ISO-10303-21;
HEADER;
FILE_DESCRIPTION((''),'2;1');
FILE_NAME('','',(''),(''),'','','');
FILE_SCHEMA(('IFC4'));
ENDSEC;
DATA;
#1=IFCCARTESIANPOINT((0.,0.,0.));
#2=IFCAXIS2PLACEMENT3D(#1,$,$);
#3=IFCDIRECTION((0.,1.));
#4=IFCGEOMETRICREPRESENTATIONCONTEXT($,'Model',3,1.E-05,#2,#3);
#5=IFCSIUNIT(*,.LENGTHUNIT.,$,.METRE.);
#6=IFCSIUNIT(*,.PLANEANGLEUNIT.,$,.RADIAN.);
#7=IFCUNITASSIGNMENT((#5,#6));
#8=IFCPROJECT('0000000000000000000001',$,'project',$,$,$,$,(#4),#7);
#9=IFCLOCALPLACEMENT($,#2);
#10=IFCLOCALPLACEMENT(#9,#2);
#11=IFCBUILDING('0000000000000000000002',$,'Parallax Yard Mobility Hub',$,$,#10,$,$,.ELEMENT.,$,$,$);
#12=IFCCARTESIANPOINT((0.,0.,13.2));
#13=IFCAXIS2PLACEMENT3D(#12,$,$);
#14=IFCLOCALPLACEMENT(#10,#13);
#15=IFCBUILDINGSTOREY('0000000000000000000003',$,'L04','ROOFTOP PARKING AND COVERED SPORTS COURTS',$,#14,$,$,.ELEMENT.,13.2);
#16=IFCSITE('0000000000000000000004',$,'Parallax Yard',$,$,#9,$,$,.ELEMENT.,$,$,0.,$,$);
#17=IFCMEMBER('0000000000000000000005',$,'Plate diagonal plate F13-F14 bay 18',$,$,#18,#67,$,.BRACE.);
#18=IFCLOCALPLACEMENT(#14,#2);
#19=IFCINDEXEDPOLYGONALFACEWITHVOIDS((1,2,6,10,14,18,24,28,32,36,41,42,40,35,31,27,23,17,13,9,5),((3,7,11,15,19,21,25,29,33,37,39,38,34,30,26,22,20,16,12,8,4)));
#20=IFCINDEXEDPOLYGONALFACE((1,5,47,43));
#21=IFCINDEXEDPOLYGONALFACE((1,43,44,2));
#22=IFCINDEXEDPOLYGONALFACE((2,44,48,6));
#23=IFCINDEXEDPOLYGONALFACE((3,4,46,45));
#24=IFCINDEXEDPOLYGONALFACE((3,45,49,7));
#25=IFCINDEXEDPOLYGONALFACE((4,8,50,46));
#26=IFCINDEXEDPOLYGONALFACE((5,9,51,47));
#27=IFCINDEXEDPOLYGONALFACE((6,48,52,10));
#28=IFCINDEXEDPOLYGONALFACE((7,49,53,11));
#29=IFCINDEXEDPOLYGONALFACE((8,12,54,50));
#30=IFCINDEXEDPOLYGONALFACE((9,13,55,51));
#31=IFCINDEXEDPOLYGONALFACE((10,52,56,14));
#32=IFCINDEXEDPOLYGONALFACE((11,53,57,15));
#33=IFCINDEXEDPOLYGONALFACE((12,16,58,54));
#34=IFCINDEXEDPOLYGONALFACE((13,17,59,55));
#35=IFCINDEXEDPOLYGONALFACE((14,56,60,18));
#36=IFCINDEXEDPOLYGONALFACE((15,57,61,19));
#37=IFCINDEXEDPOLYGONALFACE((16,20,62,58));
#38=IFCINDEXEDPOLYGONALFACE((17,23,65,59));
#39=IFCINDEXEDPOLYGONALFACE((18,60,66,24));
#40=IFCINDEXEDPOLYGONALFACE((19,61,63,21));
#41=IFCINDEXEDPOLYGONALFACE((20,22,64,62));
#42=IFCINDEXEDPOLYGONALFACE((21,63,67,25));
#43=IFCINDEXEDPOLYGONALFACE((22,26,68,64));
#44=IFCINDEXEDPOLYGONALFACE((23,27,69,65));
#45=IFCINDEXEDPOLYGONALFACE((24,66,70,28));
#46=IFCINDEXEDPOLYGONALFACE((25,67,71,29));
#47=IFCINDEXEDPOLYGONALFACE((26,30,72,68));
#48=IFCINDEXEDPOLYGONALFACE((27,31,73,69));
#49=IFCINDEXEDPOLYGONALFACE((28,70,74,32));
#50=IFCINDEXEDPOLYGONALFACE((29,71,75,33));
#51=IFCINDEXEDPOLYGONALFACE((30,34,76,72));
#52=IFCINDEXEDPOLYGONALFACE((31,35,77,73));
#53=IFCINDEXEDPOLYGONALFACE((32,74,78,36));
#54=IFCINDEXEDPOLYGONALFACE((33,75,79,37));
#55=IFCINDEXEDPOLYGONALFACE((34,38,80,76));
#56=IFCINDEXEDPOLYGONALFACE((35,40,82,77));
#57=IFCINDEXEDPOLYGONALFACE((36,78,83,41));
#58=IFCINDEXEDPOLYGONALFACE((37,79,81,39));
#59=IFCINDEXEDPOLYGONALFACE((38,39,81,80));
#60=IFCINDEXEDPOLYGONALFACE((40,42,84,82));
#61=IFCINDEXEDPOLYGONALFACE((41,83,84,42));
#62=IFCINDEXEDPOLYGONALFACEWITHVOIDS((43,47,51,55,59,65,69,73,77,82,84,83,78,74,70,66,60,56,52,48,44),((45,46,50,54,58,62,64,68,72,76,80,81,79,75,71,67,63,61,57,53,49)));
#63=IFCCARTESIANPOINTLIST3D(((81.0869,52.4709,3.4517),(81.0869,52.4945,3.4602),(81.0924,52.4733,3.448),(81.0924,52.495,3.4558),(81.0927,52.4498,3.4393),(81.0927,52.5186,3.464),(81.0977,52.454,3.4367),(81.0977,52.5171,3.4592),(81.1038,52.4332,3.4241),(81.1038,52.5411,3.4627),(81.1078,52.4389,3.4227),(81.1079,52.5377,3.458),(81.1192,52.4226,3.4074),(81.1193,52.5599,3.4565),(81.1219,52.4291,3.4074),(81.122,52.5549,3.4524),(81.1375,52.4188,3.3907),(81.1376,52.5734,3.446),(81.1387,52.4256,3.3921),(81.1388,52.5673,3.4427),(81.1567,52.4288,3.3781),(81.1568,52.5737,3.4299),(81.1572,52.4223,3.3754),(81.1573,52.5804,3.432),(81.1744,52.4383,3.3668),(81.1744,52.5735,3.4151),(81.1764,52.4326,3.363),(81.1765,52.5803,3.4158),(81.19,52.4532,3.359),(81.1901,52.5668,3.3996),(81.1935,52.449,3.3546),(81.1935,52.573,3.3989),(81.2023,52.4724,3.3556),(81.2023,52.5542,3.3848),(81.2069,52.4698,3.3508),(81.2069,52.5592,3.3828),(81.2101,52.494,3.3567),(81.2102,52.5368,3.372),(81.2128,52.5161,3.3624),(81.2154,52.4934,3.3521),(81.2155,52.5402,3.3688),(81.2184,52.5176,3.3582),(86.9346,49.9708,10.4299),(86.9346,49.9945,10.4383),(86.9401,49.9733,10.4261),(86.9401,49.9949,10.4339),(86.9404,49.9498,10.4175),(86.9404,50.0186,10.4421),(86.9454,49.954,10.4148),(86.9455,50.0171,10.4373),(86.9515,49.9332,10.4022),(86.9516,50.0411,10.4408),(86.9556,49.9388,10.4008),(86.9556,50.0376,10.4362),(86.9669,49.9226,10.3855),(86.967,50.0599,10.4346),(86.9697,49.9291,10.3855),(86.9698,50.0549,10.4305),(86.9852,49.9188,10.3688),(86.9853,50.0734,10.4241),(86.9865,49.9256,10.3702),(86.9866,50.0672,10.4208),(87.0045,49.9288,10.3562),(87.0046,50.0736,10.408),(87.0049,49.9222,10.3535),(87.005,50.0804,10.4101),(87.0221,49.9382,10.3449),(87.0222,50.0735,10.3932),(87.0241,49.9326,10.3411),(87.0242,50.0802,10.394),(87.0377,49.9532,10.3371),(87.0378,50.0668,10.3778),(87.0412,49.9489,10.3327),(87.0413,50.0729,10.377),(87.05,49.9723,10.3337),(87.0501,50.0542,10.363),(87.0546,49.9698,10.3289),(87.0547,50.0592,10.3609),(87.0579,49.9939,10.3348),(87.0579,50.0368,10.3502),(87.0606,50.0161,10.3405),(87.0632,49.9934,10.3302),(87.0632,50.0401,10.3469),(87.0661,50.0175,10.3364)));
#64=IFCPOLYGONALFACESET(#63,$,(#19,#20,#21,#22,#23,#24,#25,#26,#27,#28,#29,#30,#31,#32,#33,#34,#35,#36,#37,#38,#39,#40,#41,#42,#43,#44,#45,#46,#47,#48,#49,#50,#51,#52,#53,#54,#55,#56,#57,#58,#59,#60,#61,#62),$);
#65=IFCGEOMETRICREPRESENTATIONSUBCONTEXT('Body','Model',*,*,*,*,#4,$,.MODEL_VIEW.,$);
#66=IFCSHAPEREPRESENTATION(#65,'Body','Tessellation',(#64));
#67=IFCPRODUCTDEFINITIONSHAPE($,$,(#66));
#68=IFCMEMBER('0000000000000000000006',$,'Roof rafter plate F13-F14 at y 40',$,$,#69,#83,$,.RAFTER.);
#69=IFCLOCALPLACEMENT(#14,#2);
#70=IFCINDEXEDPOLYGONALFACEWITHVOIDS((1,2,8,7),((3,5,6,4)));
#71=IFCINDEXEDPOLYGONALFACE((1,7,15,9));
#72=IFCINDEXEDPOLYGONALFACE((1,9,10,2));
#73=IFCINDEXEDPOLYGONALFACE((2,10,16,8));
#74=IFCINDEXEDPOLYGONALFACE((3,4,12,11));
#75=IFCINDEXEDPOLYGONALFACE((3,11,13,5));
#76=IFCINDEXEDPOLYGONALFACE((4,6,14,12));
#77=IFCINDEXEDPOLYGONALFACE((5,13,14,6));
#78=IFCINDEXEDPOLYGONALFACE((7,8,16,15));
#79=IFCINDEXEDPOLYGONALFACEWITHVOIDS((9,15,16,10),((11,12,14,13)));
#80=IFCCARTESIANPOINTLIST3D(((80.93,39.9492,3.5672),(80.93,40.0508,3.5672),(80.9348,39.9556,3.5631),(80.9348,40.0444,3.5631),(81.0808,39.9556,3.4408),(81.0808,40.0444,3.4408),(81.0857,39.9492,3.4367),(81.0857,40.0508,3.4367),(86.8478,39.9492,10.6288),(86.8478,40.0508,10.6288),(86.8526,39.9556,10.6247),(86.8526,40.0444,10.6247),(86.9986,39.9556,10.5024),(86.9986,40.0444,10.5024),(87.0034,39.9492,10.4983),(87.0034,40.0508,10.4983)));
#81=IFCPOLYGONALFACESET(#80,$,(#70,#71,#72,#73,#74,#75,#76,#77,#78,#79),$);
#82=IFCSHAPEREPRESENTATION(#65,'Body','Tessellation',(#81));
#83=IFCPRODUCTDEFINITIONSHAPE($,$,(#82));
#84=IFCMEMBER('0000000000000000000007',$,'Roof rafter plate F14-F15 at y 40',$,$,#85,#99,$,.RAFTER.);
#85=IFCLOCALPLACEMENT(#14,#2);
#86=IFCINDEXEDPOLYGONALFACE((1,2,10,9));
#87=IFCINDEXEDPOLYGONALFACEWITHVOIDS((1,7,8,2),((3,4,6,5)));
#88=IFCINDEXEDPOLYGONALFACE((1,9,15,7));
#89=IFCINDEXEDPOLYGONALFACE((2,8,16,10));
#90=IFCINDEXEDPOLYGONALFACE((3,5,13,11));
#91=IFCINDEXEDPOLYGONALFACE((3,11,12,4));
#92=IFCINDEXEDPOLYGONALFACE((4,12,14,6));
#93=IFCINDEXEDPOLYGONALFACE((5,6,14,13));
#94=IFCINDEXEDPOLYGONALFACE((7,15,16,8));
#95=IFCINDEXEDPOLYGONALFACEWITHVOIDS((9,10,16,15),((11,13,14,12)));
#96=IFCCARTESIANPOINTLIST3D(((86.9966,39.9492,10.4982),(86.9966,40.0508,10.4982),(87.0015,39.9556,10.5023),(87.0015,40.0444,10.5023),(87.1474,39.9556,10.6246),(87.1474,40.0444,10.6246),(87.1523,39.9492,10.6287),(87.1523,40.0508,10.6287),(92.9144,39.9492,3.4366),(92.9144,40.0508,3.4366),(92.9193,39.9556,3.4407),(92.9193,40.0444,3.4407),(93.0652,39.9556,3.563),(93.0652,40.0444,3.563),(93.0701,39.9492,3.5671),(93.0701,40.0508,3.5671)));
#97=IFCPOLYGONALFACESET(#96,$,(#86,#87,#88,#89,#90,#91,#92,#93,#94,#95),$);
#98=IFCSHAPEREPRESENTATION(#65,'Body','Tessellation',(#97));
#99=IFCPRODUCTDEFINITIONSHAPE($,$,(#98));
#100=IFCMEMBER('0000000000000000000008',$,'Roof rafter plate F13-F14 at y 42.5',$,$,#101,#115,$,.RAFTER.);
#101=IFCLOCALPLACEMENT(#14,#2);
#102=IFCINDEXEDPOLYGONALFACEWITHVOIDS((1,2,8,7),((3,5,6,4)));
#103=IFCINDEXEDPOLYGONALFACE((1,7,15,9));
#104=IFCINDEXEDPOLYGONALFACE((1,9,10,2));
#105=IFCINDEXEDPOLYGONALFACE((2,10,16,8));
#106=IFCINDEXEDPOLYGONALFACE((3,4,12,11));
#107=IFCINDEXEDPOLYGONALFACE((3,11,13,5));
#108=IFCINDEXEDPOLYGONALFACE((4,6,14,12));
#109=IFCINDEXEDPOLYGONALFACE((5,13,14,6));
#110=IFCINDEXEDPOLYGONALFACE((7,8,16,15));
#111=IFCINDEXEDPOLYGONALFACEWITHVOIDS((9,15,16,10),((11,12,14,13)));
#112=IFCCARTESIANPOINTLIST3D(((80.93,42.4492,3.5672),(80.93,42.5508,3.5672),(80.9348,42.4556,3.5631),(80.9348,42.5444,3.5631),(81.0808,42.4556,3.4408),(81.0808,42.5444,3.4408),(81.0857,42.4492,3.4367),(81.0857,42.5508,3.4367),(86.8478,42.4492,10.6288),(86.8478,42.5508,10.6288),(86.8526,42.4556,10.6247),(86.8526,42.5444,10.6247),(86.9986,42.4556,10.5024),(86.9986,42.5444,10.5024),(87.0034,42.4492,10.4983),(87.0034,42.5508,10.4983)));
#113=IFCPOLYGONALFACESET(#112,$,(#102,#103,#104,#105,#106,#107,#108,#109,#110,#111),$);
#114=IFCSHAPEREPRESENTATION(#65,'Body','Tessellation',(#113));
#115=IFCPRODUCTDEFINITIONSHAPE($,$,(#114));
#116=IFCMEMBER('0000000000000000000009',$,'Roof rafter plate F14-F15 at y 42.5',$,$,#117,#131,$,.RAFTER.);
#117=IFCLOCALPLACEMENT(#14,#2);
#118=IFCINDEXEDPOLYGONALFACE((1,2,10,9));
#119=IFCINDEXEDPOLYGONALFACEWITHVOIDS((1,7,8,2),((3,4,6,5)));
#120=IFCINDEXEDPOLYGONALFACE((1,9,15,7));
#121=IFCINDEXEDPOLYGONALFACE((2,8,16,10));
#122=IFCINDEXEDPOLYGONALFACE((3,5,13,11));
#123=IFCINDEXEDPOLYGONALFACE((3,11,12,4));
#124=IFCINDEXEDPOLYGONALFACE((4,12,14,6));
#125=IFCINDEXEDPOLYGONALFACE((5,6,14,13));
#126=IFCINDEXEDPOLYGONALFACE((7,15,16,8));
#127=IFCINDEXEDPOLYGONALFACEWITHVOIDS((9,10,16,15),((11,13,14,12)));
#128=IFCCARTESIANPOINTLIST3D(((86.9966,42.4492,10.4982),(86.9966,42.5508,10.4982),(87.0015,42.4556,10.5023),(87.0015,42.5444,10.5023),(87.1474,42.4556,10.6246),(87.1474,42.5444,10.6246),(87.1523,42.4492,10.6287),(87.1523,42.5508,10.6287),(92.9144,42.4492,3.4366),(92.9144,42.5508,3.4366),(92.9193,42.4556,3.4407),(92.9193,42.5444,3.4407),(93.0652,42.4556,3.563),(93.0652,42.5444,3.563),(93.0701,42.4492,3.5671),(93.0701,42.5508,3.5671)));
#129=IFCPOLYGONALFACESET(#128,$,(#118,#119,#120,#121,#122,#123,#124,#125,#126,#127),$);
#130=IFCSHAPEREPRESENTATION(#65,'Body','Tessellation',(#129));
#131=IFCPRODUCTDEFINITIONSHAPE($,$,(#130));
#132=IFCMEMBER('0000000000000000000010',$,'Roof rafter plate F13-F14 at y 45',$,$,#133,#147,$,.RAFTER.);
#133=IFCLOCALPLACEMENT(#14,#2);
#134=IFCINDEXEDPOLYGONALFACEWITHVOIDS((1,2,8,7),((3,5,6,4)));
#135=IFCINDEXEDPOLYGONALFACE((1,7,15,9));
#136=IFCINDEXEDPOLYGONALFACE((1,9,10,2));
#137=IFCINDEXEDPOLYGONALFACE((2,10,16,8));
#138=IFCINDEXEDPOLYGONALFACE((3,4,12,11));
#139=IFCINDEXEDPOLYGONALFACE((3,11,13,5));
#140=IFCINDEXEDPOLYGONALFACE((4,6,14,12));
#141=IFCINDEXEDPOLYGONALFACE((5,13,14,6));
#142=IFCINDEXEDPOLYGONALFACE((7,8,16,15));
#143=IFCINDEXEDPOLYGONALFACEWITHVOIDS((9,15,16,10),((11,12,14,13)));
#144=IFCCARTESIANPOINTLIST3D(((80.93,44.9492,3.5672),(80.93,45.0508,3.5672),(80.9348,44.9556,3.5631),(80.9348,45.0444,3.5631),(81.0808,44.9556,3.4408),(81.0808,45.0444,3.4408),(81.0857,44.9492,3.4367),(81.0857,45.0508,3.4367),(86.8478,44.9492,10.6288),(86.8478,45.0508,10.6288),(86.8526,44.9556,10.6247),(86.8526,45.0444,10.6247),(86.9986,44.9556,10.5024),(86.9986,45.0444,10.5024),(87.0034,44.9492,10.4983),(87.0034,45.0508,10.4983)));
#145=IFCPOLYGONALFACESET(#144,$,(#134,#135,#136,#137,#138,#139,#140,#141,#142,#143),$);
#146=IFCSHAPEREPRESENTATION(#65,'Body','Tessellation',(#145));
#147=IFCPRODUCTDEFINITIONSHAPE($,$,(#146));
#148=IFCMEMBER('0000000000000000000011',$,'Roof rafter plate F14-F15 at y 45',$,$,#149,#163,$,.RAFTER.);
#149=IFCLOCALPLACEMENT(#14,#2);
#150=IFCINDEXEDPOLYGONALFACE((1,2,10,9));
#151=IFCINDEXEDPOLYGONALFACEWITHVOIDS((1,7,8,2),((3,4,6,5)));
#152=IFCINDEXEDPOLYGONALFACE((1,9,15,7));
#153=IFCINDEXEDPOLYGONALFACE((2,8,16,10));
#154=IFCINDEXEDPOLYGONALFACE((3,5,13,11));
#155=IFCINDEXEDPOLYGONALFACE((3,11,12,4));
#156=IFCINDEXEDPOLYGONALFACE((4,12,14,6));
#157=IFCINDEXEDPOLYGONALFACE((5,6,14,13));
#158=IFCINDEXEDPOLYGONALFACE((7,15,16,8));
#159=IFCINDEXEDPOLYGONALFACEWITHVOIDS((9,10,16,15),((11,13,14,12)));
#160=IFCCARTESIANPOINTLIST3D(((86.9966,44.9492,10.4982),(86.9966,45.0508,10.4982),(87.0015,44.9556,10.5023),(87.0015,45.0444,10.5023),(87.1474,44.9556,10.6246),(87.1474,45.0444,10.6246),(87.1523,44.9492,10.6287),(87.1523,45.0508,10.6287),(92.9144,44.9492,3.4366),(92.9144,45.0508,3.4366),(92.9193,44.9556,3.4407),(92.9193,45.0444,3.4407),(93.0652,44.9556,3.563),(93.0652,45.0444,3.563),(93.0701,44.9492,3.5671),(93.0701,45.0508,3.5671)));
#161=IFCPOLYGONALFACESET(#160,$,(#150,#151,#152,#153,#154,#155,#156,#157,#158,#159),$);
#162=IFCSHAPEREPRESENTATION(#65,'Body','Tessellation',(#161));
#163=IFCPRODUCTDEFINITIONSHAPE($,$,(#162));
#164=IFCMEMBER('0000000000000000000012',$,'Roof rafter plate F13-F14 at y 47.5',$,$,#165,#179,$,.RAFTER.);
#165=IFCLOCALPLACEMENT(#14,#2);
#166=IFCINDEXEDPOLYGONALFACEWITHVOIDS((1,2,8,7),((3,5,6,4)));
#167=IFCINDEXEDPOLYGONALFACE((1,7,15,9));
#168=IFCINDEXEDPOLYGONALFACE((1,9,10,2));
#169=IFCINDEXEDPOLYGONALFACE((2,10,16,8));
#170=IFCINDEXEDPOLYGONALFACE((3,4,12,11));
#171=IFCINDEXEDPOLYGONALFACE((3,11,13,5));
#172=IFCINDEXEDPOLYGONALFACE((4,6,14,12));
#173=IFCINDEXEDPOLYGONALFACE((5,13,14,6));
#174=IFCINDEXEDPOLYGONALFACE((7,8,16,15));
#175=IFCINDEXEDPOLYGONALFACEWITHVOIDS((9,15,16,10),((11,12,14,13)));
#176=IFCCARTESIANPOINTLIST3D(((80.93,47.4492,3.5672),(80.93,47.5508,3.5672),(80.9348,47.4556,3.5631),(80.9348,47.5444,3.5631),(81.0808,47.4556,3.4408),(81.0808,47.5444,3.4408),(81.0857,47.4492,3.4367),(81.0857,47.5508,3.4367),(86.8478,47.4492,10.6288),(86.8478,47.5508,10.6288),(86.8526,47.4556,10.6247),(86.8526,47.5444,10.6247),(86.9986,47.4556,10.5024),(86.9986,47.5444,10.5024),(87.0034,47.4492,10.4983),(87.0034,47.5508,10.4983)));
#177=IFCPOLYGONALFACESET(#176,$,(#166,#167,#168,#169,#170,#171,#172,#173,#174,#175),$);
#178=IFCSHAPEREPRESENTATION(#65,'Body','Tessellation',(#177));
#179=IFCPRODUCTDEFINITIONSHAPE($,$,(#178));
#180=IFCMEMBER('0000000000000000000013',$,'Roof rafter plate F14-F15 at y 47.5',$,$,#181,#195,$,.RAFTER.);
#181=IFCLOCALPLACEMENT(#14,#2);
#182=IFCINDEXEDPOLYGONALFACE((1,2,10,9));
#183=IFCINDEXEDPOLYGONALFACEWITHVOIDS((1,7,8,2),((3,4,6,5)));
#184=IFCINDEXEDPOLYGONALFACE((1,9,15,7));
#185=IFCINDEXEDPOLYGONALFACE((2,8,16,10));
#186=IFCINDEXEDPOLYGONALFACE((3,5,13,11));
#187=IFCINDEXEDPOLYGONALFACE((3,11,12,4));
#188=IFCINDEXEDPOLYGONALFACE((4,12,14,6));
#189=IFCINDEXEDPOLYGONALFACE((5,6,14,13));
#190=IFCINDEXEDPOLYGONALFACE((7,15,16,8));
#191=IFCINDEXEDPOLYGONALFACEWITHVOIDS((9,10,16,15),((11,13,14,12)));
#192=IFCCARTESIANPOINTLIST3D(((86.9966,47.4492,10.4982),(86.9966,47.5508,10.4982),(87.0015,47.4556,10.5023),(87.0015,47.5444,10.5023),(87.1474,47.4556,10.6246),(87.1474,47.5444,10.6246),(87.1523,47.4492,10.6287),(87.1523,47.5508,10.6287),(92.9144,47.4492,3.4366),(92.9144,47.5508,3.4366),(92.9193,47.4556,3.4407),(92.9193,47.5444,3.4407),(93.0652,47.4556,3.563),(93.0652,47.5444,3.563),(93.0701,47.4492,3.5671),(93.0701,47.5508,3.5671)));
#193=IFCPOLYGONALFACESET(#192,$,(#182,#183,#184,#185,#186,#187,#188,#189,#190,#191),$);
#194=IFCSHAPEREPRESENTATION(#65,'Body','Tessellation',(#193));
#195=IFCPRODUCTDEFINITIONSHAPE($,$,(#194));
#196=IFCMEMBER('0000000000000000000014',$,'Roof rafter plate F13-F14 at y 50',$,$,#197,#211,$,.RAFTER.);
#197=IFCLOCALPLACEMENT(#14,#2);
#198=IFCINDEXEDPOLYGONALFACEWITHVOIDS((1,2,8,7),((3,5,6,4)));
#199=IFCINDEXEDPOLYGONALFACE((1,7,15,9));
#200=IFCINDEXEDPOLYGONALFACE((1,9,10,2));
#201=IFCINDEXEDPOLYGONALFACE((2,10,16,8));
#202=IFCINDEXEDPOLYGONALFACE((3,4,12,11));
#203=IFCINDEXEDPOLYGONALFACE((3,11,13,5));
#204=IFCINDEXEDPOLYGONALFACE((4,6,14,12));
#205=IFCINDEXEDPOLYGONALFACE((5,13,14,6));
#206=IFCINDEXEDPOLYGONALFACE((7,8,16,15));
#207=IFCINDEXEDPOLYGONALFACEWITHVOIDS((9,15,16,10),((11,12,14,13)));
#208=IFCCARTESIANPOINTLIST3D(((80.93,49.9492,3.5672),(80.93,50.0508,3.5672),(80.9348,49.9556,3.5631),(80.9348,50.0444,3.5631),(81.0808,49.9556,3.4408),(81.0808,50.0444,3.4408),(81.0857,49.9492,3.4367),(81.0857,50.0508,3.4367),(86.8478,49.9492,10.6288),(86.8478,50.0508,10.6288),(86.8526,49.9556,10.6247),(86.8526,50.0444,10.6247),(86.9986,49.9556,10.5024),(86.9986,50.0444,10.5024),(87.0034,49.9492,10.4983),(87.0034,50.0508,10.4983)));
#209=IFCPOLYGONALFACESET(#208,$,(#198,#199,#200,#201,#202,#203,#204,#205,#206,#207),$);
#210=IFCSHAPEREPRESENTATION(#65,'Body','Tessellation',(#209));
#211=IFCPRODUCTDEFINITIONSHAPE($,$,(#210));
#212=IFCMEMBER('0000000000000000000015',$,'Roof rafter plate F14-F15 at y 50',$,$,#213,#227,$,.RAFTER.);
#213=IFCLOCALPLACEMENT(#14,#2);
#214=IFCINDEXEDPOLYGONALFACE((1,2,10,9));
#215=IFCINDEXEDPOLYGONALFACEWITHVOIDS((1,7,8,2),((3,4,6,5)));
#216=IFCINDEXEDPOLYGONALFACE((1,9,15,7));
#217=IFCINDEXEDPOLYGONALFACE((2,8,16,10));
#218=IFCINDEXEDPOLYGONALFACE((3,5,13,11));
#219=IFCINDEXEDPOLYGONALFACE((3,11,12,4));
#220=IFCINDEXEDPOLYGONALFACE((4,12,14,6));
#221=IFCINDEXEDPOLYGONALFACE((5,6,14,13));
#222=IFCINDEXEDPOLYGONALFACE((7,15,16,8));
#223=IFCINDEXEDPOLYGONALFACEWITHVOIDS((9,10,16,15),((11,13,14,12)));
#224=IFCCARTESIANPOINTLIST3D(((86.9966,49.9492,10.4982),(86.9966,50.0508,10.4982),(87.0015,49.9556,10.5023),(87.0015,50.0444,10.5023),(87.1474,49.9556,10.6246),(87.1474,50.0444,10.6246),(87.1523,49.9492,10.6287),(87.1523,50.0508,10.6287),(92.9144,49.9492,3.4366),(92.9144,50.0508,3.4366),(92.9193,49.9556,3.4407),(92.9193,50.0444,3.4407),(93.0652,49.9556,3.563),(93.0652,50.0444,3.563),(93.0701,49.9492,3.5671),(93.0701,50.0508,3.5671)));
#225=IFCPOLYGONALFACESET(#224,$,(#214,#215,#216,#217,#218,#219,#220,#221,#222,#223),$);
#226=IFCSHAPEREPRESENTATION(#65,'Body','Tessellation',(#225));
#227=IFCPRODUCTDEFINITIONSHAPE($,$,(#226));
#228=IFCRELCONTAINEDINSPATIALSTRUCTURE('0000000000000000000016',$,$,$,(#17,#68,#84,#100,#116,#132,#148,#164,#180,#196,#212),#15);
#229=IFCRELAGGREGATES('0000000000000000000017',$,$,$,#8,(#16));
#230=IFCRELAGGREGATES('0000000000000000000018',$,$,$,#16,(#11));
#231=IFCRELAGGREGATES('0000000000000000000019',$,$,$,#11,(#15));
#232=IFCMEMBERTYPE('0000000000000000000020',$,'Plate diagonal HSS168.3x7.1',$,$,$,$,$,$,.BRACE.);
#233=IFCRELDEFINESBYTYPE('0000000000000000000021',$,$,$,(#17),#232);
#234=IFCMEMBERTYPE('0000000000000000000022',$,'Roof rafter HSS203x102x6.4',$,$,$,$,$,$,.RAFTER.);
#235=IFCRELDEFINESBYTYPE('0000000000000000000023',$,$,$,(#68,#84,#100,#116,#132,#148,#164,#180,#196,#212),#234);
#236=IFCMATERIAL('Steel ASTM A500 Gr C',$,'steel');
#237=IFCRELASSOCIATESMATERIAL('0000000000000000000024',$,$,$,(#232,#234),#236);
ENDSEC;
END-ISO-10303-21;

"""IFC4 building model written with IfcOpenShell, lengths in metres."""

from ifc_helpers import new_model, si_unit, direction, frame, origin, origin_2d, place, context, subcontext, project, spatial, hollow_rectangle, hollow_circle, extrude, material, material_profile, profile_set, type_object, element, save


model = new_model("IFC4")

# Units and contexts
model_context = context("Model", 3, precision=1e-05, world=origin(), true_north=direction((0.0, 1.0)))
body_context = subcontext(model_context, "Body", "Model", "MODEL_VIEW")
ifc_project = project(units=[si_unit("LENGTHUNIT", "METRE"), si_unit("PLANEANGLEUNIT", "RADIAN")], contexts=[model_context])

# Site, building, storey
site_placement = place(None, origin())
site = spatial("IfcSite", under=ifc_project, at=site_placement, Name="Parallax Yard", CompositionType="ELEMENT", RefElevation=0.0)
building_placement = place(site_placement, origin())
building = spatial("IfcBuilding", under=site, at=building_placement, Name="Parallax Yard Mobility Hub", CompositionType="ELEMENT")
storey_placement = place(building_placement, frame((0.0, 0.0, 13.2)))
storey = spatial("IfcBuildingStorey", under=building, at=storey_placement, Name="L04", Description="ROOFTOP PARKING AND COVERED SPORTS COURTS", CompositionType="ELEMENT", Elevation=13.2)

# Members
ifc_material_1 = material(Name="Steel ASTM A500 Gr C", Category="steel")
ifc_material_profile_1 = material_profile(ifc_material_1, hollow_circle(Radius=0.0842, WallThickness=0.0071, at=origin_2d()), Name="HSS168.3x7.1")
ifc_profile_set_1 = profile_set([ifc_material_profile_1], Name="Steel ASTM A500 Gr C")
member_type_1 = type_object("IfcMemberType", Name="Plate diagonal HSS168.3x7.1", PredefinedType="BRACE", material=ifc_profile_set_1)
member_1_placement = place(storey_placement, frame((87.0, 50.0, 10.3855), z_axis=(-0.61937, 0.264794, -0.739097), x_axis=(-0.393104, -0.919494, 0.0)))
element("IfcMember", 1, at=member_1_placement, inside=storey, type_object=member_type_1, Name="Plate diagonal plate F13-F14 bay 18", PredefinedType="BRACE", context=body_context, shape_type="SweptSolid", body=[
    extrude(hollow_circle(Radius=0.0842, WallThickness=0.0071, at=origin_2d()), origin(), (0.0, 0.0, 1.0), 9.4414),
])
ifc_material_profile_2 = material_profile(ifc_material_1, hollow_rectangle(XDim=0.1016, YDim=0.2031, WallThickness=0.0063, at=origin_2d()), Name="HSS203x102x6.4")
ifc_profile_set_2 = profile_set([ifc_material_profile_2], Name="Steel ASTM A500 Gr C")
member_type_2 = type_object("IfcMemberType", Name="Roof rafter HSS203x102x6.4", PredefinedType="RAFTER", material=ifc_profile_set_2)
for number, where, z_axis, x_axis, name in (
    (2, (81.0078, 40.0, 3.502), (0.642304, 0.0, 0.76645), (0.0, 1.0, 0.0), "Roof rafter plate F13-F14 at y 40"),
    (3, (87.0745, 40.0, 10.5635), (0.642304, 0.0, -0.76645), (0.0, 1.0, 0.0), "Roof rafter plate F14-F15 at y 40"),
    (4, (81.0078, 42.5, 3.502), (0.642304, 0.0, 0.76645), (0.0, 1.0, 0.0), "Roof rafter plate F13-F14 at y 42.5"),
    (5, (87.0745, 42.5, 10.5635), (0.642304, 0.0, -0.76645), (0.0, 1.0, 0.0), "Roof rafter plate F14-F15 at y 42.5"),
    (6, (81.0078, 45.0, 3.502), (0.642304, 0.0, 0.76645), (0.0, 1.0, 0.0), "Roof rafter plate F13-F14 at y 45"),
    (7, (87.0745, 45.0, 10.5635), (0.642304, 0.0, -0.76645), (0.0, 1.0, 0.0), "Roof rafter plate F14-F15 at y 45"),
    (8, (81.0078, 47.5, 3.502), (0.642304, 0.0, 0.76645), (0.0, 1.0, 0.0), "Roof rafter plate F13-F14 at y 47.5"),
    (9, (87.0745, 47.5, 10.5635), (0.642304, 0.0, -0.76645), (0.0, 1.0, 0.0), "Roof rafter plate F14-F15 at y 47.5"),
    (10, (81.0078, 50.0, 3.502), (0.642304, 0.0, 0.76645), (0.0, 1.0, 0.0), "Roof rafter plate F13-F14 at y 50"),
    (11, (87.0745, 50.0, 10.5635), (0.642304, 0.0, -0.76645), (0.0, 1.0, 0.0), "Roof rafter plate F14-F15 at y 50"),
):
    element("IfcMember", number, at=place(storey_placement, frame(where, z_axis=z_axis, x_axis=x_axis)), inside=storey, type_object=member_type_2, Name=name, PredefinedType="RAFTER", context=body_context, shape_type="SweptSolid", body=[
        extrude(hollow_rectangle(XDim=0.1016, YDim=0.2031, WallThickness=0.0063, at=origin_2d()), origin(), (0.0, 0.0, 1.0), 9.2134),
    ])

save(model, "model.ifc")
